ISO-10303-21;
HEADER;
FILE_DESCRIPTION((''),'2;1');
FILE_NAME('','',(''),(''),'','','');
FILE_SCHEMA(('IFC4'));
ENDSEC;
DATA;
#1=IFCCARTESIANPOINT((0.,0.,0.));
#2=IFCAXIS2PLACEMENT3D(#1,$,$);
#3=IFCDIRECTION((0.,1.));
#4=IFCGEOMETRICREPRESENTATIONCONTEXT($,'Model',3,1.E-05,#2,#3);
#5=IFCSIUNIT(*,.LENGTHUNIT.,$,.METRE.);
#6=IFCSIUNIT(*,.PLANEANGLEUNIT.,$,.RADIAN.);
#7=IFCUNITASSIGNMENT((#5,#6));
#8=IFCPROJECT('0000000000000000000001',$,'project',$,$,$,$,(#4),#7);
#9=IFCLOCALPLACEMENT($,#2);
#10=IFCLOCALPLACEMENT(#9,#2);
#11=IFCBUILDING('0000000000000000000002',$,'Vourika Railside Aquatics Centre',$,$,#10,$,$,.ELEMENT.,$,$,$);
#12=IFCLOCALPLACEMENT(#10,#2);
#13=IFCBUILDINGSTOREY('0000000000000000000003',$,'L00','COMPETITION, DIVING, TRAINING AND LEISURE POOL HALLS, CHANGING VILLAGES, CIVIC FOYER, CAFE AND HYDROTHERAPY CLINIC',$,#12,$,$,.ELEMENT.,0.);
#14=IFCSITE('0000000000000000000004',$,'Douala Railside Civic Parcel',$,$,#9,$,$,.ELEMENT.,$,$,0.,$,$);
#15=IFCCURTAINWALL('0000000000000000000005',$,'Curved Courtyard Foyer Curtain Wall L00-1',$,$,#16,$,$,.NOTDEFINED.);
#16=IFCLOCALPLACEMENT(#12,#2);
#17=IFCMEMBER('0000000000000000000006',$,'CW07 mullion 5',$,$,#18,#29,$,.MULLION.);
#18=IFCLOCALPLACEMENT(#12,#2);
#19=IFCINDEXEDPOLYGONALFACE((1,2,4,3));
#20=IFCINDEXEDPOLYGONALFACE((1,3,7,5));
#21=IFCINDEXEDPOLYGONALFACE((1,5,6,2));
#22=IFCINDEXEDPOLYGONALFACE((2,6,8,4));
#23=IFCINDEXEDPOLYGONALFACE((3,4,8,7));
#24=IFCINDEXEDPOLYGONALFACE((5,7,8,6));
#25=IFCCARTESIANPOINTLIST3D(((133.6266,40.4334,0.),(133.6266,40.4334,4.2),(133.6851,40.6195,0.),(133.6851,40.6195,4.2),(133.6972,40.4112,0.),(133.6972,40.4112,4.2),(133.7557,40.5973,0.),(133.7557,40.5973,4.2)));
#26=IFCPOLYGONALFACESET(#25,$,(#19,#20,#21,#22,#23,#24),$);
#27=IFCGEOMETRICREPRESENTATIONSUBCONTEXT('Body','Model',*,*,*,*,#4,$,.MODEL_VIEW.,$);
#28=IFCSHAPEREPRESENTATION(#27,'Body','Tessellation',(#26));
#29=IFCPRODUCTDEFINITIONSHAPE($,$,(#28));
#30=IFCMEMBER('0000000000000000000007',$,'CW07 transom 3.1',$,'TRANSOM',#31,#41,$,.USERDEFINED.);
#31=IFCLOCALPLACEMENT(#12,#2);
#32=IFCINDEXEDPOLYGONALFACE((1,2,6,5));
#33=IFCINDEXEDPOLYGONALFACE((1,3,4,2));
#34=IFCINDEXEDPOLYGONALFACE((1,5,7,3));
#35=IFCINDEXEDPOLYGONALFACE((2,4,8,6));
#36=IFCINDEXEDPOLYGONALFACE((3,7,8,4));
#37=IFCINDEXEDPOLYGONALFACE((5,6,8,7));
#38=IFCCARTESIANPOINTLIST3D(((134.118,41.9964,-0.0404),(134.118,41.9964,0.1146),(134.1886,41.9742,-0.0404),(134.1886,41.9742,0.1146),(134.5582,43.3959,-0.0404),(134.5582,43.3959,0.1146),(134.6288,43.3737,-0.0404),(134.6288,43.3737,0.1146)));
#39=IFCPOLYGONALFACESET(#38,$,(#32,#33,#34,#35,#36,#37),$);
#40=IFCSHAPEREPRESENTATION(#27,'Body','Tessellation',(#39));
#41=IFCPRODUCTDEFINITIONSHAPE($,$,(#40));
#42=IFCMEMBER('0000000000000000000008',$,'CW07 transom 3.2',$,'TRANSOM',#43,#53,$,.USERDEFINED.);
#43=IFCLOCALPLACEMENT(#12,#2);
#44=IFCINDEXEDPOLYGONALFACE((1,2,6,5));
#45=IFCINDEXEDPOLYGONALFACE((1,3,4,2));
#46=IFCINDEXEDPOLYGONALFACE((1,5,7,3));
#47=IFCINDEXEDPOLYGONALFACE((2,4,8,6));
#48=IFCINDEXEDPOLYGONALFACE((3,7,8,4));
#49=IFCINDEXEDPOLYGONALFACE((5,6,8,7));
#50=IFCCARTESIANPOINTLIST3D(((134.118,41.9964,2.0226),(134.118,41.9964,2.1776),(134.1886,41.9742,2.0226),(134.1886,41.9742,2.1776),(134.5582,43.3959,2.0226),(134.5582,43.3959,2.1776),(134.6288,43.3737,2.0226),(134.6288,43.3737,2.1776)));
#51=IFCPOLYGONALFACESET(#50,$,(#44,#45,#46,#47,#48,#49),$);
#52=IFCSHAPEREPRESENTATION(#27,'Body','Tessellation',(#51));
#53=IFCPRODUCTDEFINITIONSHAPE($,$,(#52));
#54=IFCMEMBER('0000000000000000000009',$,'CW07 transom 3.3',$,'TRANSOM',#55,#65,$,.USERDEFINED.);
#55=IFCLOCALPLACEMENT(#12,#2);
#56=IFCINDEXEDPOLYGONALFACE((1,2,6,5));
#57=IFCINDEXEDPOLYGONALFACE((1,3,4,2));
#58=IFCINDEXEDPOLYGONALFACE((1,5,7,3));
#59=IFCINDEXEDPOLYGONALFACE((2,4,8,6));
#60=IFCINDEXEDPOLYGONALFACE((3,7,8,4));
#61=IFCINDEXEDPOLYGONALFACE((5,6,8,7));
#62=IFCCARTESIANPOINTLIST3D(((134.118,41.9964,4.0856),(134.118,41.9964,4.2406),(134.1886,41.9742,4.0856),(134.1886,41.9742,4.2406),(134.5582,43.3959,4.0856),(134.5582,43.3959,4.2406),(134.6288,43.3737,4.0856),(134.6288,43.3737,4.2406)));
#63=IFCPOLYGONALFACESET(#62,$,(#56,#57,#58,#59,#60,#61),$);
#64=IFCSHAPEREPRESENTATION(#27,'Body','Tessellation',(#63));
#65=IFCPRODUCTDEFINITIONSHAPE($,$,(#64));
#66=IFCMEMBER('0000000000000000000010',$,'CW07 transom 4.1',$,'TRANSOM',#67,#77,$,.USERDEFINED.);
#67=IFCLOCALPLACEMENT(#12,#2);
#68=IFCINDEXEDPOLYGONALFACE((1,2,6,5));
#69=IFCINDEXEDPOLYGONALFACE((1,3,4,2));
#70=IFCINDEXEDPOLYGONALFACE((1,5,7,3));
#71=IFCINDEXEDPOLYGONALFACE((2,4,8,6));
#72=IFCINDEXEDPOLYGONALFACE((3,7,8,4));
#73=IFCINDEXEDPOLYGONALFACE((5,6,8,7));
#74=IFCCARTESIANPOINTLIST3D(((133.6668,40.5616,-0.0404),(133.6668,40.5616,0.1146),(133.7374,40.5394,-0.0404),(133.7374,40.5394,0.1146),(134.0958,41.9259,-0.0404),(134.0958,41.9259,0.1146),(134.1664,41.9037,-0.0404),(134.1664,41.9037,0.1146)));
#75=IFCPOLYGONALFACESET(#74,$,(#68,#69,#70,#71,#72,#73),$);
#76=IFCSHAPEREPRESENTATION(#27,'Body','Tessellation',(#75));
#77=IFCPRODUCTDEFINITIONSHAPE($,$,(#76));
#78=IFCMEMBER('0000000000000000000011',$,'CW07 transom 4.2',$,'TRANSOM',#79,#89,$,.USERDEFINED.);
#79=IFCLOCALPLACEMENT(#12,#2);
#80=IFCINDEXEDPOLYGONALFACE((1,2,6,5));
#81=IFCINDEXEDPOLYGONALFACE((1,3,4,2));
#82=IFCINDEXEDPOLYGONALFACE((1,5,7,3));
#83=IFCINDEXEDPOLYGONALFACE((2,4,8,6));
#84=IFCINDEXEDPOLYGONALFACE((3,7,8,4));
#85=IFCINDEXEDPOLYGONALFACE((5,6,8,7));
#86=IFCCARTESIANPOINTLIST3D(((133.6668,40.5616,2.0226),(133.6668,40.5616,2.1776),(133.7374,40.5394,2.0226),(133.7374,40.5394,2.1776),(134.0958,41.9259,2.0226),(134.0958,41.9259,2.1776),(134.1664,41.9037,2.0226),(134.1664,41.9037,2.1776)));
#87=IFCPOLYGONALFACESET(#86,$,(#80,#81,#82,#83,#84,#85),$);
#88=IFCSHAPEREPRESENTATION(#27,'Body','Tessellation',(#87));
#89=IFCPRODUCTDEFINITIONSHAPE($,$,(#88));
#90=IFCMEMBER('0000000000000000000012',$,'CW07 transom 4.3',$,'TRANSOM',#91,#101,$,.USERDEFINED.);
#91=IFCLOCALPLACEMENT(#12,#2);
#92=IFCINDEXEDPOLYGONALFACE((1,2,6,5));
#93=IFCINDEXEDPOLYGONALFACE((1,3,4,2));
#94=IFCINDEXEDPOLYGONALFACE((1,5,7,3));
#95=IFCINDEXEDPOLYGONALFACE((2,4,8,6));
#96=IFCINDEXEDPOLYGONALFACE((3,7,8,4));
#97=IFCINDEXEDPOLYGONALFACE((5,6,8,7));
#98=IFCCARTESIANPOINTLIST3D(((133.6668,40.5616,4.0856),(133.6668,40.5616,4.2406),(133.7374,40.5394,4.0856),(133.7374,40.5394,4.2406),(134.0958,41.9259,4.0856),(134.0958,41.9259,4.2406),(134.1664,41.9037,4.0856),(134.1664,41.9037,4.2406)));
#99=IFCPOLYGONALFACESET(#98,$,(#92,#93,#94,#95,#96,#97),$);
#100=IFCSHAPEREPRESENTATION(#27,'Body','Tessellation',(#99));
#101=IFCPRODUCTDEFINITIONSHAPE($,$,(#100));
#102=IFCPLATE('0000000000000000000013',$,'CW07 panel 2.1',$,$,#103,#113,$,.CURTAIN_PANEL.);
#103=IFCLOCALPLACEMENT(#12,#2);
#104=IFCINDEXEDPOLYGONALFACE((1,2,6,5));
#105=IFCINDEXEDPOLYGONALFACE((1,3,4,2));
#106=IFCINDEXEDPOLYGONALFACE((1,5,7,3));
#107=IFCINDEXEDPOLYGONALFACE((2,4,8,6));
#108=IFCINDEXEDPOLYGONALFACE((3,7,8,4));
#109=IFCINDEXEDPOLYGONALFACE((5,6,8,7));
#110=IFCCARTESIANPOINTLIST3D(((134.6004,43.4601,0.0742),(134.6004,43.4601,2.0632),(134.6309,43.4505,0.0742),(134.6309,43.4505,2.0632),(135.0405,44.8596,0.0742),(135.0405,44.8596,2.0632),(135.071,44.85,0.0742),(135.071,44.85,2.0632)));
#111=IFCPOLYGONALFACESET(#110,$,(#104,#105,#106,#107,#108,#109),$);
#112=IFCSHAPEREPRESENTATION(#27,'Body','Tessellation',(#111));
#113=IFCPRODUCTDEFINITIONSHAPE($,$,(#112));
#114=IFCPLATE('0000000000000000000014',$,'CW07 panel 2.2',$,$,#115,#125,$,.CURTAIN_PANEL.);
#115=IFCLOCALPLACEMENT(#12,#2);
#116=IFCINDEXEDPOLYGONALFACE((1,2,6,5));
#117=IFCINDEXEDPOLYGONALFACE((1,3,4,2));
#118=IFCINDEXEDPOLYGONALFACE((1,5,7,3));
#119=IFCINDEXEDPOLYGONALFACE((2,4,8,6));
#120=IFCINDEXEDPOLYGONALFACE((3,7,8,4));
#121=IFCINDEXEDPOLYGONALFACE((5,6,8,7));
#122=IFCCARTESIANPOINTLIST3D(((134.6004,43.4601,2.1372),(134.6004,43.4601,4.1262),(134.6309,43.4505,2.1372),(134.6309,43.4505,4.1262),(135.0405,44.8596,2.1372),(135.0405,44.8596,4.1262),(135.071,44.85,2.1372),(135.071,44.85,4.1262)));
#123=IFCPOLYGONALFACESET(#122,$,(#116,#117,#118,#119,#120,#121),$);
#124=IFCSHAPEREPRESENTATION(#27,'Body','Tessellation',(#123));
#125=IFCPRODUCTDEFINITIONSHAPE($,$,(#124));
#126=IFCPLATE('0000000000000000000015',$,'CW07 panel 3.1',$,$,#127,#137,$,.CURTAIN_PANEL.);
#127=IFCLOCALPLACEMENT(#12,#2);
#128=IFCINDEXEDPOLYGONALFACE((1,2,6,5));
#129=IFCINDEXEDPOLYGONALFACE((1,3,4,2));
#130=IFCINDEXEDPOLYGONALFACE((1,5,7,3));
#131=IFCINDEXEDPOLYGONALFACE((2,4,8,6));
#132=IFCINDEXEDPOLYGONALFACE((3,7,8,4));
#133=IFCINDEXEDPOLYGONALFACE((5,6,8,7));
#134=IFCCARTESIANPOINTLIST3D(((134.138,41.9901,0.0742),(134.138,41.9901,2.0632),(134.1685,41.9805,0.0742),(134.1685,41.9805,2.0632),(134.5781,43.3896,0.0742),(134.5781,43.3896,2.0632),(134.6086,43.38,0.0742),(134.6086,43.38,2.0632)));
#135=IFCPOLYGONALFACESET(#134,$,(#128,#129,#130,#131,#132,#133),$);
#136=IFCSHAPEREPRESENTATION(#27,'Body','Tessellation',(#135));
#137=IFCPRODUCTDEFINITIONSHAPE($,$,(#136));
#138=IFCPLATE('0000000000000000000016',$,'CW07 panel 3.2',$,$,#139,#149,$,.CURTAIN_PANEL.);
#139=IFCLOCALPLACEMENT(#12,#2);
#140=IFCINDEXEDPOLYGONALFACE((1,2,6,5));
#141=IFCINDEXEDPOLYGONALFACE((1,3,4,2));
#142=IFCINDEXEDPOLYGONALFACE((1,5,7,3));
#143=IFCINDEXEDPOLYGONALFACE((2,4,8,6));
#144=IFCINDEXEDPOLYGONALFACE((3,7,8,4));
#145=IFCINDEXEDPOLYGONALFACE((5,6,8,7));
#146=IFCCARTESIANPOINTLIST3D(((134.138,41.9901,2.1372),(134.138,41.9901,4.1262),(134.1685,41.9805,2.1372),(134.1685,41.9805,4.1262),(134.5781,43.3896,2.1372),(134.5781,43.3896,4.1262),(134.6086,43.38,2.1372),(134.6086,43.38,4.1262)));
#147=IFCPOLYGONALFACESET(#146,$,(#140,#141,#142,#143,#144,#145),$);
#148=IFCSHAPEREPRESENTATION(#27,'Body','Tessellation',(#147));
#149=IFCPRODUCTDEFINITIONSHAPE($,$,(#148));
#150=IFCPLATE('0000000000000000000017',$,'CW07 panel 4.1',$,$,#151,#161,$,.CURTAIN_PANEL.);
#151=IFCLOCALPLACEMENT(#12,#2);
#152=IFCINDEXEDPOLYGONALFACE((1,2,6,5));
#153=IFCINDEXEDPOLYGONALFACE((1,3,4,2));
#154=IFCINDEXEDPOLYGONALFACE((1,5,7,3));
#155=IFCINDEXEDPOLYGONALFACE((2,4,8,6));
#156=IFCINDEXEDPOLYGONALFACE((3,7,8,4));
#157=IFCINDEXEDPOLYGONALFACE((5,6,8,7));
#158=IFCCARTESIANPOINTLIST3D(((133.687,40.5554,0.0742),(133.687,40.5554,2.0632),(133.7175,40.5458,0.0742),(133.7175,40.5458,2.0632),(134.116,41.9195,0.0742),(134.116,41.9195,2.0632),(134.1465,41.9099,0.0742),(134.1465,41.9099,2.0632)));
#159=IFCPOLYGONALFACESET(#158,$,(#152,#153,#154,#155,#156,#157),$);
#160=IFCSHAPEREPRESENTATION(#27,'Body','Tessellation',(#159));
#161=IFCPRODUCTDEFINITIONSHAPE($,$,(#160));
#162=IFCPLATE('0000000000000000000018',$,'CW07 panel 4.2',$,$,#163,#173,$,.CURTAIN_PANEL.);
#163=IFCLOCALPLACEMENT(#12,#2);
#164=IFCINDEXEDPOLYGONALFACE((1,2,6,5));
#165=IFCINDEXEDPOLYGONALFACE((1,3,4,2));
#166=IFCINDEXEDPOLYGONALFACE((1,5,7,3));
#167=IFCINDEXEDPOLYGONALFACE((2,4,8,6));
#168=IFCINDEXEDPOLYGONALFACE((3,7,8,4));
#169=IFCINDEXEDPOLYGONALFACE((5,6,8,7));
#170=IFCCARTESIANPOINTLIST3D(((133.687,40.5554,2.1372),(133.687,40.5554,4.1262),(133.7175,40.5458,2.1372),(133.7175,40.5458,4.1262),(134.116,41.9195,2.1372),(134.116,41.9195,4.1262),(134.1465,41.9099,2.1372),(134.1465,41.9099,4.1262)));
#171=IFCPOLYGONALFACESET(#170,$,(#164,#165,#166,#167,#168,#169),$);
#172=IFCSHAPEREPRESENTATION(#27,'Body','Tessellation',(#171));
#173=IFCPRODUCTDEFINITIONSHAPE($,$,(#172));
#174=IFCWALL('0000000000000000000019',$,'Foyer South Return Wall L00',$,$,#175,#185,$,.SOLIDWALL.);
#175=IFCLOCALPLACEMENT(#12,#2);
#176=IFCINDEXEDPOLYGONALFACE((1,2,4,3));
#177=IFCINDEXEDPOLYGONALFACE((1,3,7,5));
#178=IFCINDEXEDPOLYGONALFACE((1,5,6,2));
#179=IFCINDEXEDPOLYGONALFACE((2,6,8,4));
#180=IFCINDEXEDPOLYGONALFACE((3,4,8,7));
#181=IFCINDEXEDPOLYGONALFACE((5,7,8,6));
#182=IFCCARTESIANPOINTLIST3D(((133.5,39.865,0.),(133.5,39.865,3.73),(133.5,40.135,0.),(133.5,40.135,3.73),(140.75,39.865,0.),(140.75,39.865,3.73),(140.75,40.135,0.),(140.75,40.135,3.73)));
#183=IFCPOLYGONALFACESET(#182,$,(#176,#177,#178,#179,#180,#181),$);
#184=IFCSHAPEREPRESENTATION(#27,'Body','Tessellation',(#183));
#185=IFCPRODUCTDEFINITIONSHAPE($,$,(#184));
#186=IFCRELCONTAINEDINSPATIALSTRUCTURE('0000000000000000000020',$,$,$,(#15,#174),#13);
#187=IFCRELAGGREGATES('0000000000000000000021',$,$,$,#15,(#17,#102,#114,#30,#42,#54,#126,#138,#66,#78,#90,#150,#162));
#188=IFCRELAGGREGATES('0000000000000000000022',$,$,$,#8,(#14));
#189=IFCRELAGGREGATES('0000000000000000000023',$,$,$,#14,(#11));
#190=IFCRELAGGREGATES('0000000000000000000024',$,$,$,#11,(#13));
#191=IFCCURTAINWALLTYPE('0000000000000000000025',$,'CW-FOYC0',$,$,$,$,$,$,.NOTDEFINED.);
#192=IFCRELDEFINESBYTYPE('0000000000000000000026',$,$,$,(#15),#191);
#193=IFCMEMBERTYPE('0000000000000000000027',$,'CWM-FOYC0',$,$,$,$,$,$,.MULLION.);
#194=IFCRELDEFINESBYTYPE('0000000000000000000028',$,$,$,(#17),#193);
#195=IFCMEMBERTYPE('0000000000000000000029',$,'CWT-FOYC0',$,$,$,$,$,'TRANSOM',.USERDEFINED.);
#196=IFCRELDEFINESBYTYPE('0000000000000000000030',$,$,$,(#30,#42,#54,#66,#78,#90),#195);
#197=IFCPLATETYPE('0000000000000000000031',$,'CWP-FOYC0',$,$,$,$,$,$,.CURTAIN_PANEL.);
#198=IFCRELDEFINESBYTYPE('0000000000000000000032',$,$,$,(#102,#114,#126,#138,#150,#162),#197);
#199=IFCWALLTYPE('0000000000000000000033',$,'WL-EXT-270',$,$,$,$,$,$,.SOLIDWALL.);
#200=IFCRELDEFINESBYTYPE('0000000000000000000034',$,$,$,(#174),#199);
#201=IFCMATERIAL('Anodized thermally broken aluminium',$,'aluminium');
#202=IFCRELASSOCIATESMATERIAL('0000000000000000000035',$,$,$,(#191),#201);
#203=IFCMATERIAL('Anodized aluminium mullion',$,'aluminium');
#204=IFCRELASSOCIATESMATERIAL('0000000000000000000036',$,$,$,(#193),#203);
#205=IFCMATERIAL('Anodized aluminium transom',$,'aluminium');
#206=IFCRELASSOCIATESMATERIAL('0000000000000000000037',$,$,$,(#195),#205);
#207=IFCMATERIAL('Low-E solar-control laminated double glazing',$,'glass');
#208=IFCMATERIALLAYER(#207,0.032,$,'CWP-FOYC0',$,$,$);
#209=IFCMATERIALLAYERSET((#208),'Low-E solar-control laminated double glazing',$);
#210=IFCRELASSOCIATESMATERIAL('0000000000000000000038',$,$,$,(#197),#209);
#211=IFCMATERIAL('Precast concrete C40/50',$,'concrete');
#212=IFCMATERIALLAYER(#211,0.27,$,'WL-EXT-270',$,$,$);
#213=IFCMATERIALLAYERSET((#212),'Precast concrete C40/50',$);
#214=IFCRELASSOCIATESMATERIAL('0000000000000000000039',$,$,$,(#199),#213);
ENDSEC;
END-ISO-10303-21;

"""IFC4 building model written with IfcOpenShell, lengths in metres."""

from ifc_helpers import new_model, si_unit, direction, frame, frame_2d, origin, origin_2d, place, context, subcontext, project, spatial, rectangle, extrude, material, layer, layer_set, material_profile, profile_set, type_object, element, aggregate, save


model = new_model("IFC4")

# Units and contexts
model_context = context("Model", 3, precision=1e-05, world=origin(), true_north=direction((0.0, 1.0)))
body_context = subcontext(model_context, "Body", "Model", "MODEL_VIEW")
ifc_project = project(units=[si_unit("LENGTHUNIT", "METRE"), si_unit("PLANEANGLEUNIT", "RADIAN")], contexts=[model_context])

# Site, building, storey
site_placement = place(None, origin())
site = spatial("IfcSite", under=ifc_project, at=site_placement, Name="Douala Railside Civic Parcel", CompositionType="ELEMENT", RefElevation=0.0)
building_placement = place(site_placement, origin())
building = spatial("IfcBuilding", under=site, at=building_placement, Name="Vourika Railside Aquatics Centre", CompositionType="ELEMENT")
storey_placement = place(building_placement, origin())
storey = spatial("IfcBuildingStorey", under=building, at=storey_placement, Name="L00", Description="COMPETITION, DIVING, TRAINING AND LEISURE POOL HALLS, CHANGING VILLAGES, CIVIC FOYER, CAFE AND HYDROTHERAPY CLINIC", CompositionType="ELEMENT", Elevation=0.0)

# Curtain wall, members, plates
ifc_material_1 = material(Name="Anodized thermally broken aluminium", Category="aluminium")
curtain_wall_type = type_object("IfcCurtainWallType", Name="CW-FOYC0", PredefinedType="NOTDEFINED", material=ifc_material_1)
curtain_wall_placement = place(storey_placement, origin())
curtain_wall = element("IfcCurtainWall", 1, at=curtain_wall_placement, inside=storey, type_object=curtain_wall_type, Name="Curved Courtyard Foyer Curtain Wall L00-1", PredefinedType="NOTDEFINED")
ifc_material_2 = material(Name="Anodized aluminium mullion", Category="aluminium")
ifc_material_profile_1 = material_profile(ifc_material_2, rectangle(XDim=0.074, YDim=0.1951, at=origin_2d()), Name="ALU-M 74x195")
ifc_profile_set_1 = profile_set([ifc_material_profile_1], Name="Anodized aluminium mullion")
member_type_1 = type_object("IfcMemberType", Name="CWM-FOYC0", PredefinedType="MULLION", material=ifc_profile_set_1)
member_1_placement = place(storey_placement, frame((133.6912, 40.5154, 0.0), z_axis=(0.0, 0.0, 1.0), x_axis=(0.953947, -0.299974, 0.0)))
member_1 = element("IfcMember", 2, at=member_1_placement, type_object=member_type_1, Name="CW07 mullion 5", PredefinedType="MULLION", context=body_context, shape_type="SweptSolid", body=[
    extrude(rectangle(XDim=0.074, YDim=0.1951, at=origin_2d()), origin(), (0.0, 0.0, 1.0), 4.2),
])
ifc_material_3 = material(Name="Anodized aluminium transom", Category="aluminium")
ifc_material_profile_2 = material_profile(ifc_material_3, rectangle(XDim=0.074, YDim=0.155, at=origin_2d()), Name="ALU-T 74x155")
ifc_profile_set_2 = profile_set([ifc_material_profile_2], Name="Anodized aluminium transom")
member_type_2 = type_object("IfcMemberType", Name="CWT-FOYC0", ElementType="TRANSOM", PredefinedType="USERDEFINED", material=ifc_profile_set_2)
member_2_placement = place(storey_placement, frame((134.5935, 43.3848, 0.0371), z_axis=(-0.300056, -0.953922, 0.0), x_axis=(0.953922, -0.300056, 0.0)))
member_2 = element("IfcMember", 3, at=member_2_placement, type_object=member_type_2, Name="CW07 transom 3.1", ObjectType="TRANSOM", PredefinedType="USERDEFINED", context=body_context, shape_type="SweptSolid", body=[
    extrude(rectangle(XDim=0.074, YDim=0.155, at=origin_2d()), origin(), (0.0, 0.0, 1.0), 1.467),
])
member_3_placement = place(storey_placement, frame((134.5935, 43.3848, 2.1001), z_axis=(-0.300056, -0.953922, 0.0), x_axis=(0.953922, -0.300056, 0.0)))
member_3 = element("IfcMember", 4, at=member_3_placement, type_object=member_type_2, Name="CW07 transom 3.2", ObjectType="TRANSOM", PredefinedType="USERDEFINED", context=body_context, shape_type="SweptSolid", body=[
    extrude(rectangle(XDim=0.074, YDim=0.155, at=origin_2d()), origin(), (0.0, 0.0, 1.0), 1.467),
])
member_4_placement = place(storey_placement, frame((134.5935, 43.3848, 4.1631), z_axis=(-0.300056, -0.953922, 0.0), x_axis=(0.953922, -0.300056, 0.0)))
member_4 = element("IfcMember", 5, at=member_4_placement, type_object=member_type_2, Name="CW07 transom 3.3", ObjectType="TRANSOM", PredefinedType="USERDEFINED", context=body_context, shape_type="SweptSolid", body=[
    extrude(rectangle(XDim=0.074, YDim=0.155, at=origin_2d()), origin(), (0.0, 0.0, 1.0), 1.467),
])
member_5_placement = place(storey_placement, frame((134.1311, 41.9148, 0.0371), z_axis=(-0.299946, -0.953956, 0.0), x_axis=(0.953956, -0.299946, 0.0)))
member_5 = element("IfcMember", 6, at=member_5_placement, type_object=member_type_2, Name="CW07 transom 4.1", ObjectType="TRANSOM", PredefinedType="USERDEFINED", context=body_context, shape_type="SweptSolid", body=[
    extrude(rectangle(XDim=0.074, YDim=0.155, at=origin_2d()), origin(), (0.0, 0.0, 1.0), 1.4302),
])
member_6_placement = place(storey_placement, frame((134.1311, 41.9148, 2.1001), z_axis=(-0.299946, -0.953956, 0.0), x_axis=(0.953956, -0.299946, 0.0)))
member_6 = element("IfcMember", 7, at=member_6_placement, type_object=member_type_2, Name="CW07 transom 4.2", ObjectType="TRANSOM", PredefinedType="USERDEFINED", context=body_context, shape_type="SweptSolid", body=[
    extrude(rectangle(XDim=0.074, YDim=0.155, at=origin_2d()), origin(), (0.0, 0.0, 1.0), 1.4302),
])
member_7_placement = place(storey_placement, frame((134.1311, 41.9148, 4.1631), z_axis=(-0.299946, -0.953956, 0.0), x_axis=(0.953956, -0.299946, 0.0)))
member_7 = element("IfcMember", 8, at=member_7_placement, type_object=member_type_2, Name="CW07 transom 4.3", ObjectType="TRANSOM", PredefinedType="USERDEFINED", context=body_context, shape_type="SweptSolid", body=[
    extrude(rectangle(XDim=0.074, YDim=0.155, at=origin_2d()), origin(), (0.0, 0.0, 1.0), 1.4302),
])
ifc_material_4 = material(Name="Low-E solar-control laminated double glazing", Category="glass")
ifc_layer_1 = layer(ifc_material_4, 0.032, Name="CWP-FOYC0")
ifc_layer_set_1 = layer_set([ifc_layer_1], Name="Low-E solar-control laminated double glazing")
plate_type = type_object("IfcPlateType", Name="CWP-FOYC0", PredefinedType="CURTAIN_PANEL", material=ifc_layer_set_1)
plate_1_placement = place(storey_placement, frame((134.8357, 44.155, 0.0742), z_axis=(0.0, 0.0, 1.0), x_axis=(-0.299974, -0.953947, 0.0)))
plate_1 = element("IfcPlate", 9, at=plate_1_placement, type_object=plate_type, Name="CW07 panel 2.1", PredefinedType="CURTAIN_PANEL", context=body_context, shape_type="SweptSolid", body=[
    extrude(rectangle(XDim=1.467, YDim=0.032, at=origin_2d()), origin(), (0.0, 0.0, 1.0), 1.989),
])
plate_2_placement = place(storey_placement, frame((134.8357, 44.155, 2.1372), z_axis=(0.0, 0.0, 1.0), x_axis=(-0.299974, -0.953947, 0.0)))
plate_2 = element("IfcPlate", 10, at=plate_2_placement, type_object=plate_type, Name="CW07 panel 2.2", PredefinedType="CURTAIN_PANEL", context=body_context, shape_type="SweptSolid", body=[
    extrude(rectangle(XDim=1.467, YDim=0.032, at=origin_2d()), origin(), (0.0, 0.0, 1.0), 1.989),
])
plate_3_placement = place(storey_placement, frame((134.3733, 42.6851, 0.0742), z_axis=(0.0, 0.0, 1.0), x_axis=(-0.299974, -0.953947, 0.0)))
plate_3 = element("IfcPlate", 11, at=plate_3_placement, type_object=plate_type, Name="CW07 panel 3.1", PredefinedType="CURTAIN_PANEL", context=body_context, shape_type="SweptSolid", body=[
    extrude(rectangle(XDim=1.467, YDim=0.032, at=origin_2d()), origin(), (0.0, 0.0, 1.0), 1.989),
])
plate_4_placement = place(storey_placement, frame((134.3733, 42.6851, 2.1372), z_axis=(0.0, 0.0, 1.0), x_axis=(-0.299974, -0.953947, 0.0)))
plate_4 = element("IfcPlate", 12, at=plate_4_placement, type_object=plate_type, Name="CW07 panel 3.2", PredefinedType="CURTAIN_PANEL", context=body_context, shape_type="SweptSolid", body=[
    extrude(rectangle(XDim=1.467, YDim=0.032, at=origin_2d()), origin(), (0.0, 0.0, 1.0), 1.989),
])
plate_5_placement = place(storey_placement, frame((133.9167, 41.2327, 0.0742), z_axis=(0.0, 0.0, 1.0), x_axis=(-0.299974, -0.953947, 0.0)))
plate_5 = element("IfcPlate", 13, at=plate_5_placement, type_object=plate_type, Name="CW07 panel 4.1", PredefinedType="CURTAIN_PANEL", context=body_context, shape_type="SweptSolid", body=[
    extrude(rectangle(XDim=1.4299, YDim=0.032, at=origin_2d()), origin(), (0.0, 0.0, 1.0), 1.989),
])
plate_6_placement = place(storey_placement, frame((133.9167, 41.2327, 2.1372), z_axis=(0.0, 0.0, 1.0), x_axis=(-0.299974, -0.953947, 0.0)))
plate_6 = element("IfcPlate", 14, at=plate_6_placement, type_object=plate_type, Name="CW07 panel 4.2", PredefinedType="CURTAIN_PANEL", context=body_context, shape_type="SweptSolid", body=[
    extrude(rectangle(XDim=1.4299, YDim=0.032, at=origin_2d()), origin(), (0.0, 0.0, 1.0), 1.989),
])
aggregate(curtain_wall, [member_1, plate_1, plate_2, member_2, member_3, member_4, plate_3, plate_4, member_5, member_6, member_7, plate_5, plate_6])

# Wall
ifc_material_5 = material(Name="Precast concrete C40/50", Category="concrete")
ifc_layer_2 = layer(ifc_material_5, 0.27, Name="WL-EXT-270")
ifc_layer_set_2 = layer_set([ifc_layer_2], Name="Precast concrete C40/50")
wall_type = type_object("IfcWallType", Name="WL-EXT-270", PredefinedType="SOLIDWALL", material=ifc_layer_set_2)
wall_placement = place(storey_placement, frame((133.5, 40.0, 0.0), z_axis=(0.0, 0.0, 1.0), x_axis=(1.0, 0.0, 0.0)))
element("IfcWall", 15, at=wall_placement, inside=storey, type_object=wall_type, Name="Foyer South Return Wall L00", PredefinedType="SOLIDWALL", context=body_context, shape_type="SweptSolid", body=[
    extrude(rectangle(XDim=7.25, YDim=0.27, at=frame_2d((3.625, 0.0))), origin(), (0.0, 0.0, 1.0), 3.73),
])

save(model, "model.ifc")
